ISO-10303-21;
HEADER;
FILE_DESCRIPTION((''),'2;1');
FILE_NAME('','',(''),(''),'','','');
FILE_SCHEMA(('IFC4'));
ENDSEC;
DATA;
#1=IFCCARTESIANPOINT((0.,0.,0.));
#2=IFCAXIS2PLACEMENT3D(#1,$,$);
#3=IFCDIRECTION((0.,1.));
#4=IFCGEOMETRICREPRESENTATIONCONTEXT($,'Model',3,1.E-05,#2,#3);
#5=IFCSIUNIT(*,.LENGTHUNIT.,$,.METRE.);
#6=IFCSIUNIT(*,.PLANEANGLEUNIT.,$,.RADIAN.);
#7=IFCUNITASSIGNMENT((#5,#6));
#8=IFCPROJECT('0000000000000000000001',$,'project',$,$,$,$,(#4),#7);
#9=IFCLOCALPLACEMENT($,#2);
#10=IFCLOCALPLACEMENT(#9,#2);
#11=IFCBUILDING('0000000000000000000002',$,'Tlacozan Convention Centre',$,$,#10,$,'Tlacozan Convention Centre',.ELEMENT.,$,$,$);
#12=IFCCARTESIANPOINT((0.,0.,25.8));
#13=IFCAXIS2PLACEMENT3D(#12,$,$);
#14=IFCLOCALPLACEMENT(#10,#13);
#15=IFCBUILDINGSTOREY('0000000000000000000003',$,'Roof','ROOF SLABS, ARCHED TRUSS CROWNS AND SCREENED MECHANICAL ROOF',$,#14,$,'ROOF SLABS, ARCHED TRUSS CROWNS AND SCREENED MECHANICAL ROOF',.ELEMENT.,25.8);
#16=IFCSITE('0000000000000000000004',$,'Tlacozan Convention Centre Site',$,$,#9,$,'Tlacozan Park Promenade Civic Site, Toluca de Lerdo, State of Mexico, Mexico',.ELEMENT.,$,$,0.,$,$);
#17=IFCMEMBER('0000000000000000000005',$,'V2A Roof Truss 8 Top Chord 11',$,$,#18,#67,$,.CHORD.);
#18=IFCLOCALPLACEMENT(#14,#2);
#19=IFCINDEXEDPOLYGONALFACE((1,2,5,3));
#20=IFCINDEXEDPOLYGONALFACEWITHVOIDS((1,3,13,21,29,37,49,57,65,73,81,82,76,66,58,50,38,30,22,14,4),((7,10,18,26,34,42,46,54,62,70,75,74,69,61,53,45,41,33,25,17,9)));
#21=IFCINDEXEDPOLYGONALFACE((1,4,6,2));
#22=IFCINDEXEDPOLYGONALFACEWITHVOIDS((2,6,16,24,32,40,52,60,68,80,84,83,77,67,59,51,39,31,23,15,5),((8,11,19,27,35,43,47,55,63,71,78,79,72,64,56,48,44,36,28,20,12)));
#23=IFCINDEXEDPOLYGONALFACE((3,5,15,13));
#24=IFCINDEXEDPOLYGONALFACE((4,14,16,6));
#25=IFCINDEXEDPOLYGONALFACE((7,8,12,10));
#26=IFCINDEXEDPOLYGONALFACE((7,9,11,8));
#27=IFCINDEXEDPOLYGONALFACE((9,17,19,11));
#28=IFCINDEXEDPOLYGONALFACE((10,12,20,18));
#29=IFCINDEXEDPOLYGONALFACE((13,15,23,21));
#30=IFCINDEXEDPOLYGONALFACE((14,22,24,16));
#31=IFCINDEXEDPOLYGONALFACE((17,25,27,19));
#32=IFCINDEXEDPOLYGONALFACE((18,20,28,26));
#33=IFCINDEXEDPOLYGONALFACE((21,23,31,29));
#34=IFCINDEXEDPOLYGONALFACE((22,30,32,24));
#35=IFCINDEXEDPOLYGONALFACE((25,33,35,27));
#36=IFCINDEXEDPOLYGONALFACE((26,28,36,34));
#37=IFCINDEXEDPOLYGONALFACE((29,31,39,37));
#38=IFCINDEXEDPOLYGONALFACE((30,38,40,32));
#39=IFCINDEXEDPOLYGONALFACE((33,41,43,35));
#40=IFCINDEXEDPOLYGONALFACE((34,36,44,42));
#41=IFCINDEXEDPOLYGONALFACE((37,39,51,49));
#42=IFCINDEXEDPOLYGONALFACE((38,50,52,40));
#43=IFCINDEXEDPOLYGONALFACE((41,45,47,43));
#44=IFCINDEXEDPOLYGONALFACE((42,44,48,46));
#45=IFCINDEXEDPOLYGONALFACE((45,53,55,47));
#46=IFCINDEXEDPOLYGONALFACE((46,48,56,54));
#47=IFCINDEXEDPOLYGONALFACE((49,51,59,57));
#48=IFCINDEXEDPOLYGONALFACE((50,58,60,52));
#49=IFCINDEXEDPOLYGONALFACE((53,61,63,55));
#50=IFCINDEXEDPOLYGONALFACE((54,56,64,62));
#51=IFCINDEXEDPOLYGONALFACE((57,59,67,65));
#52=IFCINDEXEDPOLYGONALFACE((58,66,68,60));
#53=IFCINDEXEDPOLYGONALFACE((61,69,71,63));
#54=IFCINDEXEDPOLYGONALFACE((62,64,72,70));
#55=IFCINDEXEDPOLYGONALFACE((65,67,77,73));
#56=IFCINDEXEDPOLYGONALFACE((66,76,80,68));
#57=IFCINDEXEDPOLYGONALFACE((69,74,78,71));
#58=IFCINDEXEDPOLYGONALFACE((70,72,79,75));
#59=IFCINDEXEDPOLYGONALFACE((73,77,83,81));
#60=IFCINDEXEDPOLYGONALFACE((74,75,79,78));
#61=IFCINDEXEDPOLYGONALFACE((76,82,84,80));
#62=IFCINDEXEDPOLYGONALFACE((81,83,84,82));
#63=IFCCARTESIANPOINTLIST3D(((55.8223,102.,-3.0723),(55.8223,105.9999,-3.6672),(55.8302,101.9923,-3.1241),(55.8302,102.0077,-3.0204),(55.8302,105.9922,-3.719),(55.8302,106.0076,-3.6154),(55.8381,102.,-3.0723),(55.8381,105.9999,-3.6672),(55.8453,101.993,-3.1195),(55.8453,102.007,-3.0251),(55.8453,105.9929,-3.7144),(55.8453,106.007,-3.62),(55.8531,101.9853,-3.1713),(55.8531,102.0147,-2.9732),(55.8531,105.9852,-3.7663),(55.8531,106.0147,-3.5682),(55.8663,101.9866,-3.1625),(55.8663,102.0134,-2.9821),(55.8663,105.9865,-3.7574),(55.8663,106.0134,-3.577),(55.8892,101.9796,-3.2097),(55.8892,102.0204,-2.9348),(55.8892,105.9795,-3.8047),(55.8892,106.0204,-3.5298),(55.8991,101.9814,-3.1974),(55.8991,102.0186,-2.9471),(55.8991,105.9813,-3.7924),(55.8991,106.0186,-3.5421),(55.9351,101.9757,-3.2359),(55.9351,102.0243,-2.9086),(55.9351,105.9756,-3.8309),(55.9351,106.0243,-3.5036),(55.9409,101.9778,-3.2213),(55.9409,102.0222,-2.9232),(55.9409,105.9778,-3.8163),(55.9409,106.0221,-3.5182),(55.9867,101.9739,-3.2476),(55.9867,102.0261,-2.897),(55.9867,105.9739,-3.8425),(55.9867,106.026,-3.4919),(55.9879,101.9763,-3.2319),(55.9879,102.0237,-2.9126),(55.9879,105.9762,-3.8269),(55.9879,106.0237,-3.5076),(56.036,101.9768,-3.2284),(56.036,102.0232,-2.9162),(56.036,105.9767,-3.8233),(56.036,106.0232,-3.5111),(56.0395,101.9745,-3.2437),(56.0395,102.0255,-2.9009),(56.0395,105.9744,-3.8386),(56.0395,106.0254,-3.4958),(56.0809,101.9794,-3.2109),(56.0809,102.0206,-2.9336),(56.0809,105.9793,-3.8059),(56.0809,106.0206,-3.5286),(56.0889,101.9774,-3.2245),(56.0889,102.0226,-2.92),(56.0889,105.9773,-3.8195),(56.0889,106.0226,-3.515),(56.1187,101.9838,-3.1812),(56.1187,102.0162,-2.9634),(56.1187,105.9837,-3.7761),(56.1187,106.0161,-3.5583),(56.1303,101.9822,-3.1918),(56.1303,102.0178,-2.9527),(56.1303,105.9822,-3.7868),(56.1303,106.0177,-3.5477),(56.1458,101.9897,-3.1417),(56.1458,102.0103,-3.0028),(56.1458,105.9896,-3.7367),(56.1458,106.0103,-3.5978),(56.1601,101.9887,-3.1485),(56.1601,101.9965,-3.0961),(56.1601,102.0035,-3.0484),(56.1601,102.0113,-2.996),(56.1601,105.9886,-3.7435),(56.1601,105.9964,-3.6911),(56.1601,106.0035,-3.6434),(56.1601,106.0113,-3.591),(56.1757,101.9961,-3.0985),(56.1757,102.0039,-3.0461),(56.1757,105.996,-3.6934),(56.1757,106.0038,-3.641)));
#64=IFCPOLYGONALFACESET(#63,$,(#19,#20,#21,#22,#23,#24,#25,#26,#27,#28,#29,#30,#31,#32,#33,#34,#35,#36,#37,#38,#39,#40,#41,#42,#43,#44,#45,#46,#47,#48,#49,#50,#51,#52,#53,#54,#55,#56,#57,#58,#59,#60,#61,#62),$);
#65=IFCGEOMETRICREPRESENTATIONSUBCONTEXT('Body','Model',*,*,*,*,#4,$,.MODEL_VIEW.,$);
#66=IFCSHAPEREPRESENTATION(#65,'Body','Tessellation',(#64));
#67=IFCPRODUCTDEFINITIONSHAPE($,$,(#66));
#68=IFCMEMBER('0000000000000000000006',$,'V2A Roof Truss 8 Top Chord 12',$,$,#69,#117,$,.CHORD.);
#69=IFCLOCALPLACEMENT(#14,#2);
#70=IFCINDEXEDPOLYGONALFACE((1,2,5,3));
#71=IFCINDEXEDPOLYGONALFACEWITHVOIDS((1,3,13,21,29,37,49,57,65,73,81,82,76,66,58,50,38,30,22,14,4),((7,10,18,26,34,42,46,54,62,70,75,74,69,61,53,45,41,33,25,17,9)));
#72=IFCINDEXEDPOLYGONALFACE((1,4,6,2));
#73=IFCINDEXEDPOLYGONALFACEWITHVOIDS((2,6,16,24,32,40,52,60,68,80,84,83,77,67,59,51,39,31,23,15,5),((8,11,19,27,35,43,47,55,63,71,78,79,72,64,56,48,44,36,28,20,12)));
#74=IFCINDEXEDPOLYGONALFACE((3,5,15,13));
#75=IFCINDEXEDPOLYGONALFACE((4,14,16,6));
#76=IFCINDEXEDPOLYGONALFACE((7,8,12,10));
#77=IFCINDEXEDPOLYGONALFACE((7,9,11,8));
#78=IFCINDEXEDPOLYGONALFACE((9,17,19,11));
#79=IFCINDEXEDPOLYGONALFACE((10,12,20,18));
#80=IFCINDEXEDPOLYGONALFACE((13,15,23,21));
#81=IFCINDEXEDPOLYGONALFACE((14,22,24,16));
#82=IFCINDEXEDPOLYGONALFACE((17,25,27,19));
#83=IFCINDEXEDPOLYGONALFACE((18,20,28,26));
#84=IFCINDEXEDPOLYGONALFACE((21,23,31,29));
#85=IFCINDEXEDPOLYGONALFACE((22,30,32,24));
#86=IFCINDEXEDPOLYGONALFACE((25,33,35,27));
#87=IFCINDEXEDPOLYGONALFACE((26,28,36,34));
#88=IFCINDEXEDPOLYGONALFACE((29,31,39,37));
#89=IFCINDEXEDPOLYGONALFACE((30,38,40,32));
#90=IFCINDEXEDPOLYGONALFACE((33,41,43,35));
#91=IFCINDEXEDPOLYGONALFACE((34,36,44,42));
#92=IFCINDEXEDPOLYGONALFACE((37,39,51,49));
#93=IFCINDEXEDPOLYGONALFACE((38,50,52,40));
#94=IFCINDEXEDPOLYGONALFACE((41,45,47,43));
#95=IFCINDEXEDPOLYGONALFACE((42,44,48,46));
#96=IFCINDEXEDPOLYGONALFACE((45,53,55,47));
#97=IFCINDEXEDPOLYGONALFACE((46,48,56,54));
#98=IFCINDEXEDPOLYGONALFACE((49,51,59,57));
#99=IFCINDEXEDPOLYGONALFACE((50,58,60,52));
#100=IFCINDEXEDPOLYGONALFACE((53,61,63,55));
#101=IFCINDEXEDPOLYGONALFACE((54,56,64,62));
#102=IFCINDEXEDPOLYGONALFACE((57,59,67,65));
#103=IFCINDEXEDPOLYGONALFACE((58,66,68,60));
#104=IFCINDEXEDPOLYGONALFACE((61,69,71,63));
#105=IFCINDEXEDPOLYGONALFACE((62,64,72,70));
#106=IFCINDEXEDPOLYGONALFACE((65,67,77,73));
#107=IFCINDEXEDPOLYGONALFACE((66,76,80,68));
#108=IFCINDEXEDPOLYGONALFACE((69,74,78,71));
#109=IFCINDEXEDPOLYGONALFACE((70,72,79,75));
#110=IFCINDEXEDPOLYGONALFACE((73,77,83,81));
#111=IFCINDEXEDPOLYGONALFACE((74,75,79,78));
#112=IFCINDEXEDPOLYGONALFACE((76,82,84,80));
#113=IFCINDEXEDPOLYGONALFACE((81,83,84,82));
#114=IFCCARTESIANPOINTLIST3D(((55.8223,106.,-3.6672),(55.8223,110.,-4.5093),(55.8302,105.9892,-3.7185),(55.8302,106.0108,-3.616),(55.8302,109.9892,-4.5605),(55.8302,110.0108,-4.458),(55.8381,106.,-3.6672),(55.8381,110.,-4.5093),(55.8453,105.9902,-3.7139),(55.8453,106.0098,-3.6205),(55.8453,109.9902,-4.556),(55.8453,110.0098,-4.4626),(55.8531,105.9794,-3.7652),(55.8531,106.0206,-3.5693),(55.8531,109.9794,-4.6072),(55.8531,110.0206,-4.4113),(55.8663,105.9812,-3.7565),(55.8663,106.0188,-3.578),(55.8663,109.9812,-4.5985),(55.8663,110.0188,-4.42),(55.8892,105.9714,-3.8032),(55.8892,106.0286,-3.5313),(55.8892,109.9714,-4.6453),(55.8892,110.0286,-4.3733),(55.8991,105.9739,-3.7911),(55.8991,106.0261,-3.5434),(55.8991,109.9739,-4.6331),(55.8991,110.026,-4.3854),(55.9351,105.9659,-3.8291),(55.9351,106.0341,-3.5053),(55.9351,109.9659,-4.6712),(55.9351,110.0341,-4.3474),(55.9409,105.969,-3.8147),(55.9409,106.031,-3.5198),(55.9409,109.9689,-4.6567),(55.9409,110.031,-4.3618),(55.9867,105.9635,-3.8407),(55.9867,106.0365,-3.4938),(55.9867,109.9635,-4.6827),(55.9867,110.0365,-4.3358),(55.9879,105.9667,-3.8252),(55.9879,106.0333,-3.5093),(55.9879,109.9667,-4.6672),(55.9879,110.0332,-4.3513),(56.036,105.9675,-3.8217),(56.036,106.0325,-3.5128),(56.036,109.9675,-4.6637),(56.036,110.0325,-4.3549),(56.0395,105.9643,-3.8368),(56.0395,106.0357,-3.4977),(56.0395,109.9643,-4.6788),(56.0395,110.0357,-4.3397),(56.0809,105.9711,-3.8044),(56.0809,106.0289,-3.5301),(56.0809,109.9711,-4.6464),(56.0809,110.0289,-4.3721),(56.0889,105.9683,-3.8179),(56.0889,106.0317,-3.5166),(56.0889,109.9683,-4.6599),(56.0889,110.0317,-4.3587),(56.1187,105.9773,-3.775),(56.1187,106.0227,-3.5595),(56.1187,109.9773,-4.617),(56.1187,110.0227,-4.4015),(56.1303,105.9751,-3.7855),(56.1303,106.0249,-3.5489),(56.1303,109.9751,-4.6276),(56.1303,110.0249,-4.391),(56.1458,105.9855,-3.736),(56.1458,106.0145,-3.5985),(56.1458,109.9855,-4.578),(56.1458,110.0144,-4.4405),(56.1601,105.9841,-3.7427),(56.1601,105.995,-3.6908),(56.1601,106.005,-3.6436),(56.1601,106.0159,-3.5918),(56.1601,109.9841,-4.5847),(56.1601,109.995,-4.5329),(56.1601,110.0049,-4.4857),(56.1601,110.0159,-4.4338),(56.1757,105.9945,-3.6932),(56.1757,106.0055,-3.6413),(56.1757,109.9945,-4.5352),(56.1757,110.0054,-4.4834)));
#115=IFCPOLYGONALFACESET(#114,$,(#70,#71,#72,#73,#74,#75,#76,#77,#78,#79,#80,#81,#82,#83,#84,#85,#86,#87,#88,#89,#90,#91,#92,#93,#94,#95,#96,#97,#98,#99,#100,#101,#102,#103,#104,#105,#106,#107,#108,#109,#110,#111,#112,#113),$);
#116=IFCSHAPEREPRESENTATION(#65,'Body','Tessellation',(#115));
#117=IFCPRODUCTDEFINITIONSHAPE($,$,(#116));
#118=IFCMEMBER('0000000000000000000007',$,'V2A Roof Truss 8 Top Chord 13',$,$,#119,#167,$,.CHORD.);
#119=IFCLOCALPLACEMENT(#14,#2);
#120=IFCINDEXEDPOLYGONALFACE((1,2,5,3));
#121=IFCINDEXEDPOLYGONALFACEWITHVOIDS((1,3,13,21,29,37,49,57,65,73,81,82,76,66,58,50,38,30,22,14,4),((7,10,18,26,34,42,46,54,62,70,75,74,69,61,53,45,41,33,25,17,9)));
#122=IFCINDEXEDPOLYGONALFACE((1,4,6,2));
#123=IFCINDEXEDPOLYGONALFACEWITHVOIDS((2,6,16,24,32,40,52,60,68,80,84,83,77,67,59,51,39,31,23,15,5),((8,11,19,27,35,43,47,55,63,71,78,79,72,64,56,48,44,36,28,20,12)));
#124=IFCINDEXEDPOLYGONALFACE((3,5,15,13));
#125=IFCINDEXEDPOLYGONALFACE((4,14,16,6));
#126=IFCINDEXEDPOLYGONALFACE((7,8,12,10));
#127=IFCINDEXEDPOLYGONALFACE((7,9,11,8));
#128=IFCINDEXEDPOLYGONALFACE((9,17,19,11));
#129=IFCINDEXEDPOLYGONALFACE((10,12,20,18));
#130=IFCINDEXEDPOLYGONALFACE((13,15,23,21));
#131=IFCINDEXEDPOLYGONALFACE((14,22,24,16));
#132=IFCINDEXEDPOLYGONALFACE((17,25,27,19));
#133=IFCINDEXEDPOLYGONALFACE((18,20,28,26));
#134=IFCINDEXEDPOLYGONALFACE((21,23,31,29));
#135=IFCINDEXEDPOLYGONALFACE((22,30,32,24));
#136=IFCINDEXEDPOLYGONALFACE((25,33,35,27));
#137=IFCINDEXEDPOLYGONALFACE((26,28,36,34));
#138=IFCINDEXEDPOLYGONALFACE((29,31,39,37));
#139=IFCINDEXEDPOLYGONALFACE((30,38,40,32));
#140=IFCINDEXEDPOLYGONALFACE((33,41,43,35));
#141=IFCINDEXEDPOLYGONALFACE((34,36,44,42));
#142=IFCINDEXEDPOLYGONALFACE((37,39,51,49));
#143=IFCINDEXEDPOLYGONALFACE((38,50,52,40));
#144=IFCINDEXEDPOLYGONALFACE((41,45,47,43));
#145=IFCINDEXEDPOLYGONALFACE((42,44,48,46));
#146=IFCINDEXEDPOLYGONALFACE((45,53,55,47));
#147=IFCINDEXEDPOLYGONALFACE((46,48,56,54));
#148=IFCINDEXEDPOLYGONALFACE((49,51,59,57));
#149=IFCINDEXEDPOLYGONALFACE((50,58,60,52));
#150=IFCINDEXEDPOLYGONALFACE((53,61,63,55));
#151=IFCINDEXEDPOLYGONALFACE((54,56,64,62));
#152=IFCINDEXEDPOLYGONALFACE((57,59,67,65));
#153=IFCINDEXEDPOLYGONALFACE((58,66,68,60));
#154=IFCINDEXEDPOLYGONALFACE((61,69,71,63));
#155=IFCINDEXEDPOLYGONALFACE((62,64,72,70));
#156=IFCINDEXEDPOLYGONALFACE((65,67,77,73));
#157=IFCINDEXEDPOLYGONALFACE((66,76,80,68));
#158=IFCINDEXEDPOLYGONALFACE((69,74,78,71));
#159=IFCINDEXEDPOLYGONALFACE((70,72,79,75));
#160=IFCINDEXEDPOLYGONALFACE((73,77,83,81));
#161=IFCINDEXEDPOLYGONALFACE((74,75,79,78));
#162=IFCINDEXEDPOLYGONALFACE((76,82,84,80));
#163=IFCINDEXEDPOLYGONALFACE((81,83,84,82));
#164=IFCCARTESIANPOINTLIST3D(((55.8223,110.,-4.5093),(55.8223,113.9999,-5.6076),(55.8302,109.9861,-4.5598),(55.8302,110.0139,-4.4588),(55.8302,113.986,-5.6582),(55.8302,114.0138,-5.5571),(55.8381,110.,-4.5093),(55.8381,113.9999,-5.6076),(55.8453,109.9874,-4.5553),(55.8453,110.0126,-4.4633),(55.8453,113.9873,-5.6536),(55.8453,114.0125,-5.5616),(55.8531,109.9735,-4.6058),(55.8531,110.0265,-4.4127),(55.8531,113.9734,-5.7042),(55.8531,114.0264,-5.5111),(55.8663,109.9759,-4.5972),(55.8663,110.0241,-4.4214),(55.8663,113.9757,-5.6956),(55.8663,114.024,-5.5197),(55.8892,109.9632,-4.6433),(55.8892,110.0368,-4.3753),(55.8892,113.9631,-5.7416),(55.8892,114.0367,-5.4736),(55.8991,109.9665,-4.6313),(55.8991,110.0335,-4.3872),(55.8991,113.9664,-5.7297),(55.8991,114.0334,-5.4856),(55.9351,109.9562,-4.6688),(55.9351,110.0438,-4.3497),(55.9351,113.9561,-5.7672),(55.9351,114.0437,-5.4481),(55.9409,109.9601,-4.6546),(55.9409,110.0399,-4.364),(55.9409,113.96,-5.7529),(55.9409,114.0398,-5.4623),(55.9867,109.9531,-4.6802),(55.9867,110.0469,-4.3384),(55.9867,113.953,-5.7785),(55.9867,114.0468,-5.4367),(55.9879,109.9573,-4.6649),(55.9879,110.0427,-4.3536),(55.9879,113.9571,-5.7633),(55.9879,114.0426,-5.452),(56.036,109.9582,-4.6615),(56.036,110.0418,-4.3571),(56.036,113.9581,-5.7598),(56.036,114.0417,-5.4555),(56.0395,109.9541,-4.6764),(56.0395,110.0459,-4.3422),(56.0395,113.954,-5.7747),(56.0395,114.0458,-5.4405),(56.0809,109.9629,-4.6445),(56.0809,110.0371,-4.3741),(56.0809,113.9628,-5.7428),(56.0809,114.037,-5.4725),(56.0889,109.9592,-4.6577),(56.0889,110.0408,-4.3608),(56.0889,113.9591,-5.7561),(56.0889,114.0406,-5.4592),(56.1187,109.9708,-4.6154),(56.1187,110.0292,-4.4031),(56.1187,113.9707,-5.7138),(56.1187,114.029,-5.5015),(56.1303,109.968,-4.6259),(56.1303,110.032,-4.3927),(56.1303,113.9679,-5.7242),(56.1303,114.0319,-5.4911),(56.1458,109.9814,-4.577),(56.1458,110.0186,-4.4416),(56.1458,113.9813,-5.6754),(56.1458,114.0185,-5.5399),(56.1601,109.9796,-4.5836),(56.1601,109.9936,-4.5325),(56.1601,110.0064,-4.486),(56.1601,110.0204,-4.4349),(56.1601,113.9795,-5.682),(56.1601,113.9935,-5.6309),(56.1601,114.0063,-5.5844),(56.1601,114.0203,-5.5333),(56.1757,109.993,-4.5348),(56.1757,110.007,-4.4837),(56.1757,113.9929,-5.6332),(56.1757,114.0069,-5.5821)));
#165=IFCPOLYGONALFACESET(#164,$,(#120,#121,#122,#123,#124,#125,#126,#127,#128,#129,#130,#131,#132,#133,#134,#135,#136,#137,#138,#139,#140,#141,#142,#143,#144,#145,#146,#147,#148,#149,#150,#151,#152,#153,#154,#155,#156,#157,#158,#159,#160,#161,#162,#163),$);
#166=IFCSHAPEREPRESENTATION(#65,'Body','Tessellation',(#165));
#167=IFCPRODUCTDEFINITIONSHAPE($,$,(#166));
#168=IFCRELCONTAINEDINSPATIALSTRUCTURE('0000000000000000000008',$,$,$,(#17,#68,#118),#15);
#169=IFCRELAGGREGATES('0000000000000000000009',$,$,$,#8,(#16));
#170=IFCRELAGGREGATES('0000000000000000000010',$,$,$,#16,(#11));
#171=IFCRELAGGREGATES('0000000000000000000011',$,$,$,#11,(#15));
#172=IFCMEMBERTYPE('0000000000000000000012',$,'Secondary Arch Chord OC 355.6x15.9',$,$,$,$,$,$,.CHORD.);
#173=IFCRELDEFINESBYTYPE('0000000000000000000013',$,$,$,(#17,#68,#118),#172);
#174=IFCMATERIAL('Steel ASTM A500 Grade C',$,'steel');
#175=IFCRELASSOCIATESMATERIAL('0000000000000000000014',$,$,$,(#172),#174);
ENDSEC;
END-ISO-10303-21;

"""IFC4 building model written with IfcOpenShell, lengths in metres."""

from ifc_helpers import new_model, si_unit, direction, frame, origin, origin_2d, place, context, subcontext, project, spatial, hollow_circle, extrude, material, material_profile, profile_set, type_object, element, save


model = new_model("IFC4")

# Units and contexts
model_context = context("Model", 3, precision=1e-05, world=origin(), true_north=direction((0.0, 1.0)))
body_context = subcontext(model_context, "Body", "Model", "MODEL_VIEW")
ifc_project = project(units=[si_unit("LENGTHUNIT", "METRE"), si_unit("PLANEANGLEUNIT", "RADIAN")], contexts=[model_context])

# Site, building, storey
site_placement = place(None, origin())
site = spatial("IfcSite", under=ifc_project, at=site_placement, Name="Tlacozan Convention Centre Site", LongName="Tlacozan Park Promenade Civic Site, Toluca de Lerdo, State of Mexico, Mexico", CompositionType="ELEMENT", RefElevation=0.0)
building_placement = place(site_placement, origin())
building = spatial("IfcBuilding", under=site, at=building_placement, Name="Tlacozan Convention Centre", LongName="Tlacozan Convention Centre", CompositionType="ELEMENT")
storey_placement = place(building_placement, frame((0.0, 0.0, 25.8)))
storey = spatial("IfcBuildingStorey", under=building, at=storey_placement, Name="Roof", Description="ROOF SLABS, ARCHED TRUSS CROWNS AND SCREENED MECHANICAL ROOF", LongName="ROOF SLABS, ARCHED TRUSS CROWNS AND SCREENED MECHANICAL ROOF", CompositionType="ELEMENT", Elevation=25.8)

# Members
ifc_material_1 = material(Name="Steel ASTM A500 Grade C", Category="steel")
ifc_material_profile_1 = material_profile(ifc_material_1, hollow_circle(Radius=0.1777, WallThickness=0.0159, at=origin_2d()), Name="OC 355.6x15.9")
ifc_profile_set_1 = profile_set([ifc_material_profile_1], Name="Steel ASTM A500 Grade C")
member_type_1 = type_object("IfcMemberType", Name="Secondary Arch Chord OC 355.6x15.9", PredefinedType="CHORD", material=ifc_profile_set_1)
member_1_placement = place(storey_placement, frame((56.0, 102.0, -3.0723), z_axis=(0.0, 0.989118, -0.147124), x_axis=(-1.0, 0.0, 0.0)))
element("IfcMember", 1, at=member_1_placement, inside=storey, type_object=member_type_1, Name="V2A Roof Truss 8 Top Chord 11", PredefinedType="CHORD", context=body_context, shape_type="SweptSolid", body=[
    extrude(hollow_circle(Radius=0.1777, WallThickness=0.0159, at=origin_2d()), origin(), (0.0, 0.0, 1.0), 4.0439),
])
member_2_placement = place(storey_placement, frame((56.0, 106.0, -3.6672), z_axis=(0.0, 0.978553, -0.205995), x_axis=(-1.0, 0.0, 0.0)))
element("IfcMember", 2, at=member_2_placement, inside=storey, type_object=member_type_1, Name="V2A Roof Truss 8 Top Chord 12", PredefinedType="CHORD", context=body_context, shape_type="SweptSolid", body=[
    extrude(hollow_circle(Radius=0.1777, WallThickness=0.0159, at=origin_2d()), origin(), (0.0, 0.0, 1.0), 4.0876),
])
member_3_placement = place(storey_placement, frame((56.0, 110.0, -4.5093), z_axis=(0.0, 0.964305, -0.264795), x_axis=(-1.0, 0.0, 0.0)))
element("IfcMember", 3, at=member_3_placement, inside=storey, type_object=member_type_1, Name="V2A Roof Truss 8 Top Chord 13", PredefinedType="CHORD", context=body_context, shape_type="SweptSolid", body=[
    extrude(hollow_circle(Radius=0.1777, WallThickness=0.0159, at=origin_2d()), origin(), (0.0, 0.0, 1.0), 4.1479),
])

save(model, "model.ifc")
